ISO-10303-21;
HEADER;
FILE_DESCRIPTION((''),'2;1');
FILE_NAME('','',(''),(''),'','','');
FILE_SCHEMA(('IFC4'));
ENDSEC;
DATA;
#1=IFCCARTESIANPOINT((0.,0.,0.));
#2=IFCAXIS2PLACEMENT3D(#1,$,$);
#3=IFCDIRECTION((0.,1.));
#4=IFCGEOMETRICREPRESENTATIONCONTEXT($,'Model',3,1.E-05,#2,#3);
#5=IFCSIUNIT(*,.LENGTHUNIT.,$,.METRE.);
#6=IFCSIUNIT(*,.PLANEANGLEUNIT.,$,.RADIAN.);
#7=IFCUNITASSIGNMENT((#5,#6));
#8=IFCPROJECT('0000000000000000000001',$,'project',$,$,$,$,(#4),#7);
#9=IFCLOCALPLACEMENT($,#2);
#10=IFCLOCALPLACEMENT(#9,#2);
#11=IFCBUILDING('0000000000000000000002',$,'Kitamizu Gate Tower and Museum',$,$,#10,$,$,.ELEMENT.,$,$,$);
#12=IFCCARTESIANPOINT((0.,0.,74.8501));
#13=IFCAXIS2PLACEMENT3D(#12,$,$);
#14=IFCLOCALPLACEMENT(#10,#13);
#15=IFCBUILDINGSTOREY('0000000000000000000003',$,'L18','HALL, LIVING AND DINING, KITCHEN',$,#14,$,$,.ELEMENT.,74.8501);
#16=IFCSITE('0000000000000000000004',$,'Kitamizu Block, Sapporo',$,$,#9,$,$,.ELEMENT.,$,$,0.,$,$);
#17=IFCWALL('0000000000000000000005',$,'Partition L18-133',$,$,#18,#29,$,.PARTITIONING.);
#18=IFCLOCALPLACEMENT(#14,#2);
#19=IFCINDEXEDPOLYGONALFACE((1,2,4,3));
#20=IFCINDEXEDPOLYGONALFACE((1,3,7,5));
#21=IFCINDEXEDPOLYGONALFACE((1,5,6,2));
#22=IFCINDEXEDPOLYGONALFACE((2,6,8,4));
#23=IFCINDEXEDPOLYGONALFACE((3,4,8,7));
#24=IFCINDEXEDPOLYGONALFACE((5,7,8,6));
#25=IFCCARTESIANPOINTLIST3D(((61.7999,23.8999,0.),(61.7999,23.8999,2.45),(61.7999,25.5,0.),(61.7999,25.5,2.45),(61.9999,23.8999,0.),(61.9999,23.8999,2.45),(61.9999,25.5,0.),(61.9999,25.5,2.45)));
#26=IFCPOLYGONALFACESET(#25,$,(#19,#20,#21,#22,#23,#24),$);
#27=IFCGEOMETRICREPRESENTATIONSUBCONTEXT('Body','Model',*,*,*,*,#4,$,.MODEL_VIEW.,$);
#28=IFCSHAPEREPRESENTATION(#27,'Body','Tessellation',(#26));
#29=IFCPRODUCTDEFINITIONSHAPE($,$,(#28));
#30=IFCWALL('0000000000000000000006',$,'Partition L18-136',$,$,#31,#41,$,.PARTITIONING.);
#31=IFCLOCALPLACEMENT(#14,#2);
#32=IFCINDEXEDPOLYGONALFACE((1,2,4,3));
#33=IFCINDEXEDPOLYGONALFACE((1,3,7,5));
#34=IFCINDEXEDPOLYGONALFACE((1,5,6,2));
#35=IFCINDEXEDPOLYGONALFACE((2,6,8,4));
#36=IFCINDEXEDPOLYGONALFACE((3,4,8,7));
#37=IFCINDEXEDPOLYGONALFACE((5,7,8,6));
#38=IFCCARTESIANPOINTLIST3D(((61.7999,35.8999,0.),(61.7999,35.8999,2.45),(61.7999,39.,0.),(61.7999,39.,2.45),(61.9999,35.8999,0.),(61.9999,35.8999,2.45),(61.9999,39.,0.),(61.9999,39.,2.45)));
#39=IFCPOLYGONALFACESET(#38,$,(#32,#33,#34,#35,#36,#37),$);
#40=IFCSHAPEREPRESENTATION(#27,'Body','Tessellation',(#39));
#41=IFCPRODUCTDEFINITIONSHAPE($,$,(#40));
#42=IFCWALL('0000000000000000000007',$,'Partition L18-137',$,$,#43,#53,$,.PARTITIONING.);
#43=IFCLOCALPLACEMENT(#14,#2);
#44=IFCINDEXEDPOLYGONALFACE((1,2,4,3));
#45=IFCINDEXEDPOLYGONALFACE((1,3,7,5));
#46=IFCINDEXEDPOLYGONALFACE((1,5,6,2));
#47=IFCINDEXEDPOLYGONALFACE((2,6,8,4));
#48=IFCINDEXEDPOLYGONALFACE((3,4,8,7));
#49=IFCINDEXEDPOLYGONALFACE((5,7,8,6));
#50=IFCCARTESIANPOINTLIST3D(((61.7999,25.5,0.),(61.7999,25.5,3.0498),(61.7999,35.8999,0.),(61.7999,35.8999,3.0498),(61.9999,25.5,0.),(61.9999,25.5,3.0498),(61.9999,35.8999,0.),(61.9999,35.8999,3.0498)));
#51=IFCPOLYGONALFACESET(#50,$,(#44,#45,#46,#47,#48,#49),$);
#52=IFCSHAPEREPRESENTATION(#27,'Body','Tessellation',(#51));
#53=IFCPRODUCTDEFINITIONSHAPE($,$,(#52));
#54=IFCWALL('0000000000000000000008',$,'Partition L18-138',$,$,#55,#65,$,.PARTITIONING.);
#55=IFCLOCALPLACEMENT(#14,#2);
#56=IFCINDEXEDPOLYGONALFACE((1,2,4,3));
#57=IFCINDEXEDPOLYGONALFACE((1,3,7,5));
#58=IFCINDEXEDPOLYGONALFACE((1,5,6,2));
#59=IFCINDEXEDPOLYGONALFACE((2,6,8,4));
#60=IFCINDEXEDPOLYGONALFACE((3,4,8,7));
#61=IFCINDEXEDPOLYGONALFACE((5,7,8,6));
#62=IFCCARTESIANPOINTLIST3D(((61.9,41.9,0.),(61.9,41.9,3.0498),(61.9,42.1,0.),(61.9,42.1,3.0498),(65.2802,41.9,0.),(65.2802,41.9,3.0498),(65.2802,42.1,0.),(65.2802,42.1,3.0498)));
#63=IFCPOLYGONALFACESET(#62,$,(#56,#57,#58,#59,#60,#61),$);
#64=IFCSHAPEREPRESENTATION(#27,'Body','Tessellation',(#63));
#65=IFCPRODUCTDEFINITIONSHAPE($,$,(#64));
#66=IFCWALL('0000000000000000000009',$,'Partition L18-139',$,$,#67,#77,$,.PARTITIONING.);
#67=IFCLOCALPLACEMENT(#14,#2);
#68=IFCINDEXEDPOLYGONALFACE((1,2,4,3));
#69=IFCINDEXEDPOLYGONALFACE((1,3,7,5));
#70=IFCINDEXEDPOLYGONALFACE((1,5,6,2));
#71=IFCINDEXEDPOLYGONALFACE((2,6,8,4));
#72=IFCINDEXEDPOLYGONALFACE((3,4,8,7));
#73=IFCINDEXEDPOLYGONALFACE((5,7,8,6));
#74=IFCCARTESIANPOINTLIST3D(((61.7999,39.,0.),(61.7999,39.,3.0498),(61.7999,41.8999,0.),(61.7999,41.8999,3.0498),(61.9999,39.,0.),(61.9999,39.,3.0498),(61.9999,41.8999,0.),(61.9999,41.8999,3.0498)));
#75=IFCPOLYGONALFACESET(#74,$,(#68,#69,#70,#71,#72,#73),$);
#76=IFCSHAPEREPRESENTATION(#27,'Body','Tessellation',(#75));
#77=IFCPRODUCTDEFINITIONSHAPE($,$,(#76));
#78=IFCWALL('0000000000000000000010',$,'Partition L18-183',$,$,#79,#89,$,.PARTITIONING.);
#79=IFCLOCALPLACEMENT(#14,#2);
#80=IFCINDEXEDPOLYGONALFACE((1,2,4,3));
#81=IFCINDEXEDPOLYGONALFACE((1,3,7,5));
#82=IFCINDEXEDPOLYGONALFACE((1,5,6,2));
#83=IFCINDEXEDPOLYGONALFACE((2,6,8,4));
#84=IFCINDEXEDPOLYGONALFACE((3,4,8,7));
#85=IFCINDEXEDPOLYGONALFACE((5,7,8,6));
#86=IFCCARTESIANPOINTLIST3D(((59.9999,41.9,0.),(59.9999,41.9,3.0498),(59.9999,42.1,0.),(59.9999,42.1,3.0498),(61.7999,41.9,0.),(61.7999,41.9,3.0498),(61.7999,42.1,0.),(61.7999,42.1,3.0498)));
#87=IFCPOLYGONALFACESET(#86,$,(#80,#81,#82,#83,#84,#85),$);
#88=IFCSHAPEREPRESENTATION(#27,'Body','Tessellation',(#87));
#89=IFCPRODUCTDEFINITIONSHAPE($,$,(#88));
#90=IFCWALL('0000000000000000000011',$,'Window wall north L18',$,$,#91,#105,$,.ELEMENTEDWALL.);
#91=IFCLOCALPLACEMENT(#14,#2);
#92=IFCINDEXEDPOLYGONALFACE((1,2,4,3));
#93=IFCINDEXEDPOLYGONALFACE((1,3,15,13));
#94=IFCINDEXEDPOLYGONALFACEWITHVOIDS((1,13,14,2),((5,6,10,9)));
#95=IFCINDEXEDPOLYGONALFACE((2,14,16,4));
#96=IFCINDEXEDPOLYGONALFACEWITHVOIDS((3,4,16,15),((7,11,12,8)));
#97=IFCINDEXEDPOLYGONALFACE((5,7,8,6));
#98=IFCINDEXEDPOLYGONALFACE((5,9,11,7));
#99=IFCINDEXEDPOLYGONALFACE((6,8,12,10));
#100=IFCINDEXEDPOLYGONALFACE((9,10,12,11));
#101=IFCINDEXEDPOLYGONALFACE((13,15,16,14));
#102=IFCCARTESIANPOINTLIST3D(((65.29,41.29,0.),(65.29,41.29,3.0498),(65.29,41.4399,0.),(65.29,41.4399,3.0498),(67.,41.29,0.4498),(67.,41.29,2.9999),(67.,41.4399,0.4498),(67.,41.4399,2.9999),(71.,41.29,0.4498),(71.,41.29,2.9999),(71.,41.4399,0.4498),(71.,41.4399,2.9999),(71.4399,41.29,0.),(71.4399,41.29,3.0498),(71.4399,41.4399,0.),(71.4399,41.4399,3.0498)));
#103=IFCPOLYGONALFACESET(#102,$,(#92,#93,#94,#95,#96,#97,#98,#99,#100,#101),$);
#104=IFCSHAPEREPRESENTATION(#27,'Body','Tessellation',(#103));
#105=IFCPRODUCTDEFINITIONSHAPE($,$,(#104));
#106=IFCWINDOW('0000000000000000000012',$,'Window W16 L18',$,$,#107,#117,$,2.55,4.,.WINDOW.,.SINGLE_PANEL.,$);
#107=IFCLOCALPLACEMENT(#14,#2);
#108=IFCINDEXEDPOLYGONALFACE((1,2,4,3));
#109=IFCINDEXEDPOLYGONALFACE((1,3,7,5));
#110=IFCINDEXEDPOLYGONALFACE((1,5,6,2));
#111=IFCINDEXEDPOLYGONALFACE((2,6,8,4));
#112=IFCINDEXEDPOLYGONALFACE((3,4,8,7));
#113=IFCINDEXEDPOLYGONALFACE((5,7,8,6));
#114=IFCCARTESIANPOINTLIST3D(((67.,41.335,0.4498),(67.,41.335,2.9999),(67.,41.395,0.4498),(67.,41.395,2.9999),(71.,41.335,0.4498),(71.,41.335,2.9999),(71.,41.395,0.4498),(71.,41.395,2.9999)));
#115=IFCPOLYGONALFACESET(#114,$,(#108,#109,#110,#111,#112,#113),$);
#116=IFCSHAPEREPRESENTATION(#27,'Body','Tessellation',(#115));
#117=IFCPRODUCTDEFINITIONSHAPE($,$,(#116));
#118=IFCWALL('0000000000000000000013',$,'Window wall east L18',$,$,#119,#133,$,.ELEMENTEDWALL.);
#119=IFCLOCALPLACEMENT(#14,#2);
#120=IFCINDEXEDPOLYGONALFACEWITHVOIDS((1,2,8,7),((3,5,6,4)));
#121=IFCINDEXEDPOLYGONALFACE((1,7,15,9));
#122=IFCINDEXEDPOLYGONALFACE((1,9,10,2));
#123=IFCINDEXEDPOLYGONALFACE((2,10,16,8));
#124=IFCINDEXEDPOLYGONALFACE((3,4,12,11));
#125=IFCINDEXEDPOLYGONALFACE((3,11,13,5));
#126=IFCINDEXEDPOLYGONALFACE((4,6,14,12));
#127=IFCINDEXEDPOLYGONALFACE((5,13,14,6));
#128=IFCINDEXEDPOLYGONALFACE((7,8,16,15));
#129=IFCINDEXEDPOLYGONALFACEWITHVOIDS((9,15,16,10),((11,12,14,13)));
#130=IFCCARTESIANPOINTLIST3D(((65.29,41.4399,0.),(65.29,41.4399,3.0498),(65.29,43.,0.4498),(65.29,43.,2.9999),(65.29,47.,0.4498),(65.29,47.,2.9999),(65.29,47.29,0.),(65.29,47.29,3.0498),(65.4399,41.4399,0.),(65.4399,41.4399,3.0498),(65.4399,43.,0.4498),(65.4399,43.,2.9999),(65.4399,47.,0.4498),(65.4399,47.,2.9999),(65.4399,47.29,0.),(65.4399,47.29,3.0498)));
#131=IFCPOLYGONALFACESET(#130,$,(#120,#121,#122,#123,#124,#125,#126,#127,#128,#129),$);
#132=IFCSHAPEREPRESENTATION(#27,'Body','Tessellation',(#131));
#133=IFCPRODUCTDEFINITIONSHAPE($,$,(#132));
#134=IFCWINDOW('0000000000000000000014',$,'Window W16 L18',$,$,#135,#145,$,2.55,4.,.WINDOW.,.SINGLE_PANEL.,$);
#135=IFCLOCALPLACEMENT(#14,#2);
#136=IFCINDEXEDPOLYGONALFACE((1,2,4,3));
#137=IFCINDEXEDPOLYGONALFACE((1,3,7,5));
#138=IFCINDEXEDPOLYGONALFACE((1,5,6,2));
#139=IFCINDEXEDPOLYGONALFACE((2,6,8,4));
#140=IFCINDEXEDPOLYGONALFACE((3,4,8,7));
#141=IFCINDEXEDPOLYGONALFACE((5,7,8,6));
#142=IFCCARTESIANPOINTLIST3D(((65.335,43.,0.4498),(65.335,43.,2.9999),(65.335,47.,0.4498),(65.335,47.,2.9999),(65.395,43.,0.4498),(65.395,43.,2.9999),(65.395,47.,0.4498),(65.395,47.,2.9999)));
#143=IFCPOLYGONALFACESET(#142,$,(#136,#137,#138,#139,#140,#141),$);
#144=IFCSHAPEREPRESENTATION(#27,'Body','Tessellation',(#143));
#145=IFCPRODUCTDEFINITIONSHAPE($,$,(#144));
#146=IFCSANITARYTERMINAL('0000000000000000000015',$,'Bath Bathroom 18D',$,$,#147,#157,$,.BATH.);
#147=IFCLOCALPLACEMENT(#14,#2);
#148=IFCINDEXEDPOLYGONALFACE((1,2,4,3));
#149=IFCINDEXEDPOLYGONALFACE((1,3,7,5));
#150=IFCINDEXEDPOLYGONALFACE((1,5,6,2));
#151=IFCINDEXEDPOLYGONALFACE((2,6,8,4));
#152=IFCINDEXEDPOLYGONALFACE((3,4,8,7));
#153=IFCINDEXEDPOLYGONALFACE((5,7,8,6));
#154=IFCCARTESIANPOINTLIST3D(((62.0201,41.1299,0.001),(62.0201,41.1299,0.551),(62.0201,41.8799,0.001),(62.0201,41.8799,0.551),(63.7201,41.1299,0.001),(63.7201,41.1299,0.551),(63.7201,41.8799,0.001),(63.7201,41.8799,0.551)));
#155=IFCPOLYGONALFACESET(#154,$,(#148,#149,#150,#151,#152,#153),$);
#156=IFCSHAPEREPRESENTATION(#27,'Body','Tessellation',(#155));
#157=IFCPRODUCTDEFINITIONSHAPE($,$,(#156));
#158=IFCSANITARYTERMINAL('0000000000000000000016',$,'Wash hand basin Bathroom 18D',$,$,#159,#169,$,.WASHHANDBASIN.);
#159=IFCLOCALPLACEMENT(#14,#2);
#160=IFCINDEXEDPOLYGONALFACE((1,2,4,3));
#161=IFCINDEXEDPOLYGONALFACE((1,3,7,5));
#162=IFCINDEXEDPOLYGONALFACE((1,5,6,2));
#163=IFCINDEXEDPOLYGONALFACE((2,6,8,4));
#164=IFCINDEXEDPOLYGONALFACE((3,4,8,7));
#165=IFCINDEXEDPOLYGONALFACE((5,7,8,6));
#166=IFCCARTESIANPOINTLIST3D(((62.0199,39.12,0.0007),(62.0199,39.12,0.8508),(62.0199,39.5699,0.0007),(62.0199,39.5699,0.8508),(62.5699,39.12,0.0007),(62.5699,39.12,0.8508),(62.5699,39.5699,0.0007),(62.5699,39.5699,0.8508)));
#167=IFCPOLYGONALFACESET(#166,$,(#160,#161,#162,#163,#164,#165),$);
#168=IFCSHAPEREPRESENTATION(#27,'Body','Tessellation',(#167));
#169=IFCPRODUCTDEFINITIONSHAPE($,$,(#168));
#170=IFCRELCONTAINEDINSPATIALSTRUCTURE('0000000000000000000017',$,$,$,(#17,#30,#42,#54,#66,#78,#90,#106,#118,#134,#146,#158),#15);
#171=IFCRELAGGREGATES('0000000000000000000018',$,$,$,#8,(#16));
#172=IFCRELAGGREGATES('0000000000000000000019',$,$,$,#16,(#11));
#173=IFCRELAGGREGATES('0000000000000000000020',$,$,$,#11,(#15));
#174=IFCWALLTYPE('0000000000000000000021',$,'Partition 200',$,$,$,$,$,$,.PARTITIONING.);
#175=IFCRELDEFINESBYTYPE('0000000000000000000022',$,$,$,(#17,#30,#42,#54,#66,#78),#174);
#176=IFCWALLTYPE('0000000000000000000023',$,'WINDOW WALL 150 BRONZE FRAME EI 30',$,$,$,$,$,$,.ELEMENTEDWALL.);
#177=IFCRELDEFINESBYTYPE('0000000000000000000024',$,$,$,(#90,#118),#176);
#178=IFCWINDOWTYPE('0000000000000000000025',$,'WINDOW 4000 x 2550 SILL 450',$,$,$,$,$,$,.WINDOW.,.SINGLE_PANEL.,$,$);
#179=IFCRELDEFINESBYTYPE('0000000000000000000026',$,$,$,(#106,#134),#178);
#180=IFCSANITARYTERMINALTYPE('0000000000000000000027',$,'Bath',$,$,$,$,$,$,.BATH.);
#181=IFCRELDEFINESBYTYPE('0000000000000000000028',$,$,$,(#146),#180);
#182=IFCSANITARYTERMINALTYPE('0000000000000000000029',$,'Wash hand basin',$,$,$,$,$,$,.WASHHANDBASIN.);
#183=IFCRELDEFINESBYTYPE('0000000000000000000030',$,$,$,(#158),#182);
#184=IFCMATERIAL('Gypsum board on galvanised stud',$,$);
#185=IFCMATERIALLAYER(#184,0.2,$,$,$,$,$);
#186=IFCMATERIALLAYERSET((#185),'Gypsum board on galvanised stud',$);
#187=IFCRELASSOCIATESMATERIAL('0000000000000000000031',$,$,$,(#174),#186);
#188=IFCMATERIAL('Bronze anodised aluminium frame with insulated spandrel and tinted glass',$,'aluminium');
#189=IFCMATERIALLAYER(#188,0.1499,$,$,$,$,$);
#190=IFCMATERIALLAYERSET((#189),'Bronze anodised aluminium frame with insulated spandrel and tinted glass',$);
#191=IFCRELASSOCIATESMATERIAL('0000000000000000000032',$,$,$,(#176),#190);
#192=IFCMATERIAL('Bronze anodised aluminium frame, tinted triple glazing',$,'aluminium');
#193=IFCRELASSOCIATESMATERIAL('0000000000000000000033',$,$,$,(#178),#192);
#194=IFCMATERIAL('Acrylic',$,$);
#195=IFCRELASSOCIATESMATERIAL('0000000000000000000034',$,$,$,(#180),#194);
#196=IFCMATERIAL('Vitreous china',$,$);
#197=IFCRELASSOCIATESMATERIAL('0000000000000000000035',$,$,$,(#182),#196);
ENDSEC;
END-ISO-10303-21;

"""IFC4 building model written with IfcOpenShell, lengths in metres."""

from ifc_helpers import new_model, si_unit, direction, frame, frame_2d, origin, origin_2d, place, context, subcontext, project, spatial, rectangle, extrude, material, layer, layer_set, type_object, element, fill, save


model = new_model("IFC4")

# Units and contexts
model_context = context("Model", 3, precision=1e-05, world=origin(), true_north=direction((0.0, 1.0)))
body_context = subcontext(model_context, "Body", "Model", "MODEL_VIEW")
ifc_project = project(units=[si_unit("LENGTHUNIT", "METRE"), si_unit("PLANEANGLEUNIT", "RADIAN")], contexts=[model_context])

# Site, building, storey
site_placement = place(None, origin())
site = spatial("IfcSite", under=ifc_project, at=site_placement, Name="Kitamizu Block, Sapporo", CompositionType="ELEMENT", RefElevation=0.0)
building_placement = place(site_placement, origin())
building = spatial("IfcBuilding", under=site, at=building_placement, Name="Kitamizu Gate Tower and Museum", CompositionType="ELEMENT")
storey_placement = place(building_placement, frame((0.0, 0.0, 74.8501)))
storey = spatial("IfcBuildingStorey", under=building, at=storey_placement, Name="L18", Description="HALL, LIVING AND DINING, KITCHEN", CompositionType="ELEMENT", Elevation=74.8501)

# Walls
ifc_material_1 = material(Name="Gypsum board on galvanised stud")
ifc_layer_1 = layer(ifc_material_1, 0.2)
ifc_layer_set_1 = layer_set([ifc_layer_1], Name="Gypsum board on galvanised stud")
wall_type_1 = type_object("IfcWallType", Name="Partition 200", PredefinedType="PARTITIONING", material=ifc_layer_set_1)
wall_1_placement = place(storey_placement, frame((61.8999, 25.5, 0.0), z_axis=(0.0, 0.0, 1.0), x_axis=(0.0, -1.0, 0.0)))
element("IfcWall", 1, at=wall_1_placement, inside=storey, type_object=wall_type_1, Name="Partition L18-133", PredefinedType="PARTITIONING", context=body_context, shape_type="SweptSolid", body=[
    extrude(rectangle(XDim=1.6001, YDim=0.2, at=frame_2d((0.8, 0.0))), origin(), (0.0, 0.0, 1.0), 2.45),
])
wall_2_placement = place(storey_placement, frame((61.8999, 39.0, 0.0), z_axis=(0.0, 0.0, 1.0), x_axis=(0.0, -1.0, 0.0)))
element("IfcWall", 2, at=wall_2_placement, inside=storey, type_object=wall_type_1, Name="Partition L18-136", PredefinedType="PARTITIONING", context=body_context, shape_type="SweptSolid", body=[
    extrude(rectangle(XDim=3.1001, YDim=0.2, at=frame_2d((1.55, 0.0))), origin(), (0.0, 0.0, 1.0), 2.45),
])
wall_3_placement = place(storey_placement, frame((61.8999, 35.8999, 0.0), z_axis=(0.0, 0.0, 1.0), x_axis=(0.0, -1.0, 0.0)))
element("IfcWall", 3, at=wall_3_placement, inside=storey, type_object=wall_type_1, Name="Partition L18-137", PredefinedType="PARTITIONING", context=body_context, shape_type="SweptSolid", body=[
    extrude(rectangle(XDim=10.3999, YDim=0.2, at=frame_2d((5.2, 0.0))), origin(), (0.0, 0.0, 1.0), 3.0498),
])
wall_4_placement = place(storey_placement, frame((65.28, 42.0, 0.0), z_axis=(0.0, 0.0, 1.0), x_axis=(-1.0, 0.0, 0.0)))
element("IfcWall", 4, at=wall_4_placement, inside=storey, type_object=wall_type_1, Name="Partition L18-138", PredefinedType="PARTITIONING", context=body_context, shape_type="SweptSolid", body=[
    extrude(rectangle(XDim=3.3801, YDim=0.2, at=frame_2d((1.6899, 0.0))), origin(), (0.0, 0.0, 1.0), 3.0498),
])
wall_5_placement = place(storey_placement, frame((61.8999, 41.8999, 0.0), z_axis=(0.0, 0.0, 1.0), x_axis=(0.0, -1.0, 0.0)))
element("IfcWall", 5, at=wall_5_placement, inside=storey, type_object=wall_type_1, Name="Partition L18-139", PredefinedType="PARTITIONING", context=body_context, shape_type="SweptSolid", body=[
    extrude(rectangle(XDim=2.8999, YDim=0.2, at=frame_2d((1.45, 0.0))), origin(), (0.0, 0.0, 1.0), 3.0498),
])
wall_6_placement = place(storey_placement, frame((60.0, 42.0, 0.0), z_axis=(0.0, 0.0, 1.0), x_axis=(1.0, 0.0, 0.0)))
element("IfcWall", 6, at=wall_6_placement, inside=storey, type_object=wall_type_1, Name="Partition L18-183", PredefinedType="PARTITIONING", context=body_context, shape_type="SweptSolid", body=[
    extrude(rectangle(XDim=1.8, YDim=0.2, at=frame_2d((0.8999, 0.0))), origin(), (0.0, 0.0, 1.0), 3.0498),
])

# Walls, openings, windows
ifc_material_2 = material(Name="Bronze anodised aluminium frame with insulated spandrel and tinted glass", Category="aluminium")
ifc_layer_2 = layer(ifc_material_2, 0.1499)
ifc_layer_set_2 = layer_set([ifc_layer_2], Name="Bronze anodised aluminium frame with insulated spandrel and tinted glass")
wall_type_2 = type_object("IfcWallType", Name="WINDOW WALL 150 BRONZE FRAME EI 30", PredefinedType="ELEMENTEDWALL", material=ifc_layer_set_2)
wall_7_placement = place(storey_placement, frame((65.29, 41.365, 0.0), z_axis=(0.0, 0.0, 1.0), x_axis=(1.0, 0.0, 0.0)))
wall_7 = element("IfcWall", 7, at=wall_7_placement, inside=storey, type_object=wall_type_2, Name="Window wall north L18", PredefinedType="ELEMENTEDWALL", context=body_context, shape_type="SweptSolid", body=[
    extrude(rectangle(XDim=6.1499, YDim=0.1499, at=frame_2d((3.075, 0.0))), origin(), (0.0, 0.0, 1.0), 3.0498),
])
opening_1_placement = place(wall_7_placement, frame((1.71, 0.0, 0.45)))
opening_1 = element("IfcOpeningElement", 8, at=opening_1_placement, cuts=wall_7, PredefinedType="OPENING", context=body_context, shape_type="SweptSolid", body=[
    extrude(rectangle(XDim=4.0, YDim=2.55, at=frame_2d((2.0, 1.2749))), frame((0.0, 0.085, 0.0), z_axis=(0.0, -1.0, 0.0), x_axis=(1.0, 0.0, 0.0)), (0.0, 0.0, 1.0), 0.1699),
])
ifc_material_3 = material(Name="Bronze anodised aluminium frame, tinted triple glazing", Category="aluminium")
window_type = type_object("IfcWindowType", Name="WINDOW 4000 x 2550 SILL 450", PartitioningType="SINGLE_PANEL", PredefinedType="WINDOW", material=ifc_material_3)
window_1_placement = place(opening_1_placement, origin())
window_1 = element("IfcWindow", 9, at=window_1_placement, inside=storey, type_object=window_type, Name="Window W16 L18", OverallHeight=2.55, OverallWidth=4.0, PartitioningType="SINGLE_PANEL", PredefinedType="WINDOW", context=body_context, shape_type="SweptSolid", body=[
    extrude(rectangle(XDim=4.0, YDim=2.55, at=frame_2d((2.0, 1.2749))), frame((0.0, 0.03, 0.0), z_axis=(0.0, -1.0, 0.0), x_axis=(1.0, 0.0, 0.0)), (0.0, 0.0, 1.0), 0.0601),
])
fill(opening_1, window_1)
wall_8_placement = place(storey_placement, frame((65.365, 41.4399, 0.0), z_axis=(0.0, 0.0, 1.0), x_axis=(0.0, 1.0, 0.0)))
wall_8 = element("IfcWall", 10, at=wall_8_placement, inside=storey, type_object=wall_type_2, Name="Window wall east L18", PredefinedType="ELEMENTEDWALL", context=body_context, shape_type="SweptSolid", body=[
    extrude(rectangle(XDim=5.8501, YDim=0.1499, at=frame_2d((2.925, 0.0))), origin(), (0.0, 0.0, 1.0), 3.0498),
])
opening_2_placement = place(wall_8_placement, frame((1.5601, 0.0, 0.45)))
opening_2 = element("IfcOpeningElement", 11, at=opening_2_placement, cuts=wall_8, PredefinedType="OPENING", context=body_context, shape_type="SweptSolid", body=[
    extrude(rectangle(XDim=4.0, YDim=2.55, at=frame_2d((2.0, 1.2749))), frame((0.0, 0.085, 0.0), z_axis=(0.0, -1.0, 0.0), x_axis=(1.0, 0.0, 0.0)), (0.0, 0.0, 1.0), 0.1699),
])
window_2_placement = place(opening_2_placement, origin())
window_2 = element("IfcWindow", 12, at=window_2_placement, inside=storey, type_object=window_type, Name="Window W16 L18", OverallHeight=2.55, OverallWidth=4.0, PartitioningType="SINGLE_PANEL", PredefinedType="WINDOW", context=body_context, shape_type="SweptSolid", body=[
    extrude(rectangle(XDim=4.0, YDim=2.55, at=frame_2d((2.0, 1.2749))), frame((0.0, 0.03, 0.0), z_axis=(0.0, -1.0, 0.0), x_axis=(1.0, 0.0, 0.0)), (0.0, 0.0, 1.0), 0.0601),
])
fill(opening_2, window_2)

# Sanitary terminals
ifc_material_4 = material(Name="Acrylic")
sanitary_terminal_type_1 = type_object("IfcSanitaryTerminalType", Name="Bath", PredefinedType="BATH", material=ifc_material_4)
sanitary_terminal_1_placement = place(storey_placement, frame((62.8701, 41.5049, 0.001), z_axis=(0.0, 0.0, 1.0), x_axis=(1.0, 0.0, 0.0)))
element("IfcSanitaryTerminal", 13, at=sanitary_terminal_1_placement, inside=storey, type_object=sanitary_terminal_type_1, Name="Bath Bathroom 18D", PredefinedType="BATH", context=body_context, shape_type="SweptSolid", body=[
    extrude(rectangle(XDim=1.7, YDim=0.75, at=origin_2d()), origin(), (0.0, 0.0, 1.0), 0.55),
])
ifc_material_5 = material(Name="Vitreous china")
sanitary_terminal_type_2 = type_object("IfcSanitaryTerminalType", Name="Wash hand basin", PredefinedType="WASHHANDBASIN", material=ifc_material_5)
sanitary_terminal_2_placement = place(storey_placement, frame((62.2949, 39.345, 0.0007), z_axis=(0.0, 0.0, 1.0), x_axis=(1.0, 0.0, 0.0)))
element("IfcSanitaryTerminal", 14, at=sanitary_terminal_2_placement, inside=storey, type_object=sanitary_terminal_type_2, Name="Wash hand basin Bathroom 18D", PredefinedType="WASHHANDBASIN", context=body_context, shape_type="SweptSolid", body=[
    extrude(rectangle(XDim=0.55, YDim=0.45, at=origin_2d()), origin(), (0.0, 0.0, 1.0), 0.8501),
])

save(model, "model.ifc")
